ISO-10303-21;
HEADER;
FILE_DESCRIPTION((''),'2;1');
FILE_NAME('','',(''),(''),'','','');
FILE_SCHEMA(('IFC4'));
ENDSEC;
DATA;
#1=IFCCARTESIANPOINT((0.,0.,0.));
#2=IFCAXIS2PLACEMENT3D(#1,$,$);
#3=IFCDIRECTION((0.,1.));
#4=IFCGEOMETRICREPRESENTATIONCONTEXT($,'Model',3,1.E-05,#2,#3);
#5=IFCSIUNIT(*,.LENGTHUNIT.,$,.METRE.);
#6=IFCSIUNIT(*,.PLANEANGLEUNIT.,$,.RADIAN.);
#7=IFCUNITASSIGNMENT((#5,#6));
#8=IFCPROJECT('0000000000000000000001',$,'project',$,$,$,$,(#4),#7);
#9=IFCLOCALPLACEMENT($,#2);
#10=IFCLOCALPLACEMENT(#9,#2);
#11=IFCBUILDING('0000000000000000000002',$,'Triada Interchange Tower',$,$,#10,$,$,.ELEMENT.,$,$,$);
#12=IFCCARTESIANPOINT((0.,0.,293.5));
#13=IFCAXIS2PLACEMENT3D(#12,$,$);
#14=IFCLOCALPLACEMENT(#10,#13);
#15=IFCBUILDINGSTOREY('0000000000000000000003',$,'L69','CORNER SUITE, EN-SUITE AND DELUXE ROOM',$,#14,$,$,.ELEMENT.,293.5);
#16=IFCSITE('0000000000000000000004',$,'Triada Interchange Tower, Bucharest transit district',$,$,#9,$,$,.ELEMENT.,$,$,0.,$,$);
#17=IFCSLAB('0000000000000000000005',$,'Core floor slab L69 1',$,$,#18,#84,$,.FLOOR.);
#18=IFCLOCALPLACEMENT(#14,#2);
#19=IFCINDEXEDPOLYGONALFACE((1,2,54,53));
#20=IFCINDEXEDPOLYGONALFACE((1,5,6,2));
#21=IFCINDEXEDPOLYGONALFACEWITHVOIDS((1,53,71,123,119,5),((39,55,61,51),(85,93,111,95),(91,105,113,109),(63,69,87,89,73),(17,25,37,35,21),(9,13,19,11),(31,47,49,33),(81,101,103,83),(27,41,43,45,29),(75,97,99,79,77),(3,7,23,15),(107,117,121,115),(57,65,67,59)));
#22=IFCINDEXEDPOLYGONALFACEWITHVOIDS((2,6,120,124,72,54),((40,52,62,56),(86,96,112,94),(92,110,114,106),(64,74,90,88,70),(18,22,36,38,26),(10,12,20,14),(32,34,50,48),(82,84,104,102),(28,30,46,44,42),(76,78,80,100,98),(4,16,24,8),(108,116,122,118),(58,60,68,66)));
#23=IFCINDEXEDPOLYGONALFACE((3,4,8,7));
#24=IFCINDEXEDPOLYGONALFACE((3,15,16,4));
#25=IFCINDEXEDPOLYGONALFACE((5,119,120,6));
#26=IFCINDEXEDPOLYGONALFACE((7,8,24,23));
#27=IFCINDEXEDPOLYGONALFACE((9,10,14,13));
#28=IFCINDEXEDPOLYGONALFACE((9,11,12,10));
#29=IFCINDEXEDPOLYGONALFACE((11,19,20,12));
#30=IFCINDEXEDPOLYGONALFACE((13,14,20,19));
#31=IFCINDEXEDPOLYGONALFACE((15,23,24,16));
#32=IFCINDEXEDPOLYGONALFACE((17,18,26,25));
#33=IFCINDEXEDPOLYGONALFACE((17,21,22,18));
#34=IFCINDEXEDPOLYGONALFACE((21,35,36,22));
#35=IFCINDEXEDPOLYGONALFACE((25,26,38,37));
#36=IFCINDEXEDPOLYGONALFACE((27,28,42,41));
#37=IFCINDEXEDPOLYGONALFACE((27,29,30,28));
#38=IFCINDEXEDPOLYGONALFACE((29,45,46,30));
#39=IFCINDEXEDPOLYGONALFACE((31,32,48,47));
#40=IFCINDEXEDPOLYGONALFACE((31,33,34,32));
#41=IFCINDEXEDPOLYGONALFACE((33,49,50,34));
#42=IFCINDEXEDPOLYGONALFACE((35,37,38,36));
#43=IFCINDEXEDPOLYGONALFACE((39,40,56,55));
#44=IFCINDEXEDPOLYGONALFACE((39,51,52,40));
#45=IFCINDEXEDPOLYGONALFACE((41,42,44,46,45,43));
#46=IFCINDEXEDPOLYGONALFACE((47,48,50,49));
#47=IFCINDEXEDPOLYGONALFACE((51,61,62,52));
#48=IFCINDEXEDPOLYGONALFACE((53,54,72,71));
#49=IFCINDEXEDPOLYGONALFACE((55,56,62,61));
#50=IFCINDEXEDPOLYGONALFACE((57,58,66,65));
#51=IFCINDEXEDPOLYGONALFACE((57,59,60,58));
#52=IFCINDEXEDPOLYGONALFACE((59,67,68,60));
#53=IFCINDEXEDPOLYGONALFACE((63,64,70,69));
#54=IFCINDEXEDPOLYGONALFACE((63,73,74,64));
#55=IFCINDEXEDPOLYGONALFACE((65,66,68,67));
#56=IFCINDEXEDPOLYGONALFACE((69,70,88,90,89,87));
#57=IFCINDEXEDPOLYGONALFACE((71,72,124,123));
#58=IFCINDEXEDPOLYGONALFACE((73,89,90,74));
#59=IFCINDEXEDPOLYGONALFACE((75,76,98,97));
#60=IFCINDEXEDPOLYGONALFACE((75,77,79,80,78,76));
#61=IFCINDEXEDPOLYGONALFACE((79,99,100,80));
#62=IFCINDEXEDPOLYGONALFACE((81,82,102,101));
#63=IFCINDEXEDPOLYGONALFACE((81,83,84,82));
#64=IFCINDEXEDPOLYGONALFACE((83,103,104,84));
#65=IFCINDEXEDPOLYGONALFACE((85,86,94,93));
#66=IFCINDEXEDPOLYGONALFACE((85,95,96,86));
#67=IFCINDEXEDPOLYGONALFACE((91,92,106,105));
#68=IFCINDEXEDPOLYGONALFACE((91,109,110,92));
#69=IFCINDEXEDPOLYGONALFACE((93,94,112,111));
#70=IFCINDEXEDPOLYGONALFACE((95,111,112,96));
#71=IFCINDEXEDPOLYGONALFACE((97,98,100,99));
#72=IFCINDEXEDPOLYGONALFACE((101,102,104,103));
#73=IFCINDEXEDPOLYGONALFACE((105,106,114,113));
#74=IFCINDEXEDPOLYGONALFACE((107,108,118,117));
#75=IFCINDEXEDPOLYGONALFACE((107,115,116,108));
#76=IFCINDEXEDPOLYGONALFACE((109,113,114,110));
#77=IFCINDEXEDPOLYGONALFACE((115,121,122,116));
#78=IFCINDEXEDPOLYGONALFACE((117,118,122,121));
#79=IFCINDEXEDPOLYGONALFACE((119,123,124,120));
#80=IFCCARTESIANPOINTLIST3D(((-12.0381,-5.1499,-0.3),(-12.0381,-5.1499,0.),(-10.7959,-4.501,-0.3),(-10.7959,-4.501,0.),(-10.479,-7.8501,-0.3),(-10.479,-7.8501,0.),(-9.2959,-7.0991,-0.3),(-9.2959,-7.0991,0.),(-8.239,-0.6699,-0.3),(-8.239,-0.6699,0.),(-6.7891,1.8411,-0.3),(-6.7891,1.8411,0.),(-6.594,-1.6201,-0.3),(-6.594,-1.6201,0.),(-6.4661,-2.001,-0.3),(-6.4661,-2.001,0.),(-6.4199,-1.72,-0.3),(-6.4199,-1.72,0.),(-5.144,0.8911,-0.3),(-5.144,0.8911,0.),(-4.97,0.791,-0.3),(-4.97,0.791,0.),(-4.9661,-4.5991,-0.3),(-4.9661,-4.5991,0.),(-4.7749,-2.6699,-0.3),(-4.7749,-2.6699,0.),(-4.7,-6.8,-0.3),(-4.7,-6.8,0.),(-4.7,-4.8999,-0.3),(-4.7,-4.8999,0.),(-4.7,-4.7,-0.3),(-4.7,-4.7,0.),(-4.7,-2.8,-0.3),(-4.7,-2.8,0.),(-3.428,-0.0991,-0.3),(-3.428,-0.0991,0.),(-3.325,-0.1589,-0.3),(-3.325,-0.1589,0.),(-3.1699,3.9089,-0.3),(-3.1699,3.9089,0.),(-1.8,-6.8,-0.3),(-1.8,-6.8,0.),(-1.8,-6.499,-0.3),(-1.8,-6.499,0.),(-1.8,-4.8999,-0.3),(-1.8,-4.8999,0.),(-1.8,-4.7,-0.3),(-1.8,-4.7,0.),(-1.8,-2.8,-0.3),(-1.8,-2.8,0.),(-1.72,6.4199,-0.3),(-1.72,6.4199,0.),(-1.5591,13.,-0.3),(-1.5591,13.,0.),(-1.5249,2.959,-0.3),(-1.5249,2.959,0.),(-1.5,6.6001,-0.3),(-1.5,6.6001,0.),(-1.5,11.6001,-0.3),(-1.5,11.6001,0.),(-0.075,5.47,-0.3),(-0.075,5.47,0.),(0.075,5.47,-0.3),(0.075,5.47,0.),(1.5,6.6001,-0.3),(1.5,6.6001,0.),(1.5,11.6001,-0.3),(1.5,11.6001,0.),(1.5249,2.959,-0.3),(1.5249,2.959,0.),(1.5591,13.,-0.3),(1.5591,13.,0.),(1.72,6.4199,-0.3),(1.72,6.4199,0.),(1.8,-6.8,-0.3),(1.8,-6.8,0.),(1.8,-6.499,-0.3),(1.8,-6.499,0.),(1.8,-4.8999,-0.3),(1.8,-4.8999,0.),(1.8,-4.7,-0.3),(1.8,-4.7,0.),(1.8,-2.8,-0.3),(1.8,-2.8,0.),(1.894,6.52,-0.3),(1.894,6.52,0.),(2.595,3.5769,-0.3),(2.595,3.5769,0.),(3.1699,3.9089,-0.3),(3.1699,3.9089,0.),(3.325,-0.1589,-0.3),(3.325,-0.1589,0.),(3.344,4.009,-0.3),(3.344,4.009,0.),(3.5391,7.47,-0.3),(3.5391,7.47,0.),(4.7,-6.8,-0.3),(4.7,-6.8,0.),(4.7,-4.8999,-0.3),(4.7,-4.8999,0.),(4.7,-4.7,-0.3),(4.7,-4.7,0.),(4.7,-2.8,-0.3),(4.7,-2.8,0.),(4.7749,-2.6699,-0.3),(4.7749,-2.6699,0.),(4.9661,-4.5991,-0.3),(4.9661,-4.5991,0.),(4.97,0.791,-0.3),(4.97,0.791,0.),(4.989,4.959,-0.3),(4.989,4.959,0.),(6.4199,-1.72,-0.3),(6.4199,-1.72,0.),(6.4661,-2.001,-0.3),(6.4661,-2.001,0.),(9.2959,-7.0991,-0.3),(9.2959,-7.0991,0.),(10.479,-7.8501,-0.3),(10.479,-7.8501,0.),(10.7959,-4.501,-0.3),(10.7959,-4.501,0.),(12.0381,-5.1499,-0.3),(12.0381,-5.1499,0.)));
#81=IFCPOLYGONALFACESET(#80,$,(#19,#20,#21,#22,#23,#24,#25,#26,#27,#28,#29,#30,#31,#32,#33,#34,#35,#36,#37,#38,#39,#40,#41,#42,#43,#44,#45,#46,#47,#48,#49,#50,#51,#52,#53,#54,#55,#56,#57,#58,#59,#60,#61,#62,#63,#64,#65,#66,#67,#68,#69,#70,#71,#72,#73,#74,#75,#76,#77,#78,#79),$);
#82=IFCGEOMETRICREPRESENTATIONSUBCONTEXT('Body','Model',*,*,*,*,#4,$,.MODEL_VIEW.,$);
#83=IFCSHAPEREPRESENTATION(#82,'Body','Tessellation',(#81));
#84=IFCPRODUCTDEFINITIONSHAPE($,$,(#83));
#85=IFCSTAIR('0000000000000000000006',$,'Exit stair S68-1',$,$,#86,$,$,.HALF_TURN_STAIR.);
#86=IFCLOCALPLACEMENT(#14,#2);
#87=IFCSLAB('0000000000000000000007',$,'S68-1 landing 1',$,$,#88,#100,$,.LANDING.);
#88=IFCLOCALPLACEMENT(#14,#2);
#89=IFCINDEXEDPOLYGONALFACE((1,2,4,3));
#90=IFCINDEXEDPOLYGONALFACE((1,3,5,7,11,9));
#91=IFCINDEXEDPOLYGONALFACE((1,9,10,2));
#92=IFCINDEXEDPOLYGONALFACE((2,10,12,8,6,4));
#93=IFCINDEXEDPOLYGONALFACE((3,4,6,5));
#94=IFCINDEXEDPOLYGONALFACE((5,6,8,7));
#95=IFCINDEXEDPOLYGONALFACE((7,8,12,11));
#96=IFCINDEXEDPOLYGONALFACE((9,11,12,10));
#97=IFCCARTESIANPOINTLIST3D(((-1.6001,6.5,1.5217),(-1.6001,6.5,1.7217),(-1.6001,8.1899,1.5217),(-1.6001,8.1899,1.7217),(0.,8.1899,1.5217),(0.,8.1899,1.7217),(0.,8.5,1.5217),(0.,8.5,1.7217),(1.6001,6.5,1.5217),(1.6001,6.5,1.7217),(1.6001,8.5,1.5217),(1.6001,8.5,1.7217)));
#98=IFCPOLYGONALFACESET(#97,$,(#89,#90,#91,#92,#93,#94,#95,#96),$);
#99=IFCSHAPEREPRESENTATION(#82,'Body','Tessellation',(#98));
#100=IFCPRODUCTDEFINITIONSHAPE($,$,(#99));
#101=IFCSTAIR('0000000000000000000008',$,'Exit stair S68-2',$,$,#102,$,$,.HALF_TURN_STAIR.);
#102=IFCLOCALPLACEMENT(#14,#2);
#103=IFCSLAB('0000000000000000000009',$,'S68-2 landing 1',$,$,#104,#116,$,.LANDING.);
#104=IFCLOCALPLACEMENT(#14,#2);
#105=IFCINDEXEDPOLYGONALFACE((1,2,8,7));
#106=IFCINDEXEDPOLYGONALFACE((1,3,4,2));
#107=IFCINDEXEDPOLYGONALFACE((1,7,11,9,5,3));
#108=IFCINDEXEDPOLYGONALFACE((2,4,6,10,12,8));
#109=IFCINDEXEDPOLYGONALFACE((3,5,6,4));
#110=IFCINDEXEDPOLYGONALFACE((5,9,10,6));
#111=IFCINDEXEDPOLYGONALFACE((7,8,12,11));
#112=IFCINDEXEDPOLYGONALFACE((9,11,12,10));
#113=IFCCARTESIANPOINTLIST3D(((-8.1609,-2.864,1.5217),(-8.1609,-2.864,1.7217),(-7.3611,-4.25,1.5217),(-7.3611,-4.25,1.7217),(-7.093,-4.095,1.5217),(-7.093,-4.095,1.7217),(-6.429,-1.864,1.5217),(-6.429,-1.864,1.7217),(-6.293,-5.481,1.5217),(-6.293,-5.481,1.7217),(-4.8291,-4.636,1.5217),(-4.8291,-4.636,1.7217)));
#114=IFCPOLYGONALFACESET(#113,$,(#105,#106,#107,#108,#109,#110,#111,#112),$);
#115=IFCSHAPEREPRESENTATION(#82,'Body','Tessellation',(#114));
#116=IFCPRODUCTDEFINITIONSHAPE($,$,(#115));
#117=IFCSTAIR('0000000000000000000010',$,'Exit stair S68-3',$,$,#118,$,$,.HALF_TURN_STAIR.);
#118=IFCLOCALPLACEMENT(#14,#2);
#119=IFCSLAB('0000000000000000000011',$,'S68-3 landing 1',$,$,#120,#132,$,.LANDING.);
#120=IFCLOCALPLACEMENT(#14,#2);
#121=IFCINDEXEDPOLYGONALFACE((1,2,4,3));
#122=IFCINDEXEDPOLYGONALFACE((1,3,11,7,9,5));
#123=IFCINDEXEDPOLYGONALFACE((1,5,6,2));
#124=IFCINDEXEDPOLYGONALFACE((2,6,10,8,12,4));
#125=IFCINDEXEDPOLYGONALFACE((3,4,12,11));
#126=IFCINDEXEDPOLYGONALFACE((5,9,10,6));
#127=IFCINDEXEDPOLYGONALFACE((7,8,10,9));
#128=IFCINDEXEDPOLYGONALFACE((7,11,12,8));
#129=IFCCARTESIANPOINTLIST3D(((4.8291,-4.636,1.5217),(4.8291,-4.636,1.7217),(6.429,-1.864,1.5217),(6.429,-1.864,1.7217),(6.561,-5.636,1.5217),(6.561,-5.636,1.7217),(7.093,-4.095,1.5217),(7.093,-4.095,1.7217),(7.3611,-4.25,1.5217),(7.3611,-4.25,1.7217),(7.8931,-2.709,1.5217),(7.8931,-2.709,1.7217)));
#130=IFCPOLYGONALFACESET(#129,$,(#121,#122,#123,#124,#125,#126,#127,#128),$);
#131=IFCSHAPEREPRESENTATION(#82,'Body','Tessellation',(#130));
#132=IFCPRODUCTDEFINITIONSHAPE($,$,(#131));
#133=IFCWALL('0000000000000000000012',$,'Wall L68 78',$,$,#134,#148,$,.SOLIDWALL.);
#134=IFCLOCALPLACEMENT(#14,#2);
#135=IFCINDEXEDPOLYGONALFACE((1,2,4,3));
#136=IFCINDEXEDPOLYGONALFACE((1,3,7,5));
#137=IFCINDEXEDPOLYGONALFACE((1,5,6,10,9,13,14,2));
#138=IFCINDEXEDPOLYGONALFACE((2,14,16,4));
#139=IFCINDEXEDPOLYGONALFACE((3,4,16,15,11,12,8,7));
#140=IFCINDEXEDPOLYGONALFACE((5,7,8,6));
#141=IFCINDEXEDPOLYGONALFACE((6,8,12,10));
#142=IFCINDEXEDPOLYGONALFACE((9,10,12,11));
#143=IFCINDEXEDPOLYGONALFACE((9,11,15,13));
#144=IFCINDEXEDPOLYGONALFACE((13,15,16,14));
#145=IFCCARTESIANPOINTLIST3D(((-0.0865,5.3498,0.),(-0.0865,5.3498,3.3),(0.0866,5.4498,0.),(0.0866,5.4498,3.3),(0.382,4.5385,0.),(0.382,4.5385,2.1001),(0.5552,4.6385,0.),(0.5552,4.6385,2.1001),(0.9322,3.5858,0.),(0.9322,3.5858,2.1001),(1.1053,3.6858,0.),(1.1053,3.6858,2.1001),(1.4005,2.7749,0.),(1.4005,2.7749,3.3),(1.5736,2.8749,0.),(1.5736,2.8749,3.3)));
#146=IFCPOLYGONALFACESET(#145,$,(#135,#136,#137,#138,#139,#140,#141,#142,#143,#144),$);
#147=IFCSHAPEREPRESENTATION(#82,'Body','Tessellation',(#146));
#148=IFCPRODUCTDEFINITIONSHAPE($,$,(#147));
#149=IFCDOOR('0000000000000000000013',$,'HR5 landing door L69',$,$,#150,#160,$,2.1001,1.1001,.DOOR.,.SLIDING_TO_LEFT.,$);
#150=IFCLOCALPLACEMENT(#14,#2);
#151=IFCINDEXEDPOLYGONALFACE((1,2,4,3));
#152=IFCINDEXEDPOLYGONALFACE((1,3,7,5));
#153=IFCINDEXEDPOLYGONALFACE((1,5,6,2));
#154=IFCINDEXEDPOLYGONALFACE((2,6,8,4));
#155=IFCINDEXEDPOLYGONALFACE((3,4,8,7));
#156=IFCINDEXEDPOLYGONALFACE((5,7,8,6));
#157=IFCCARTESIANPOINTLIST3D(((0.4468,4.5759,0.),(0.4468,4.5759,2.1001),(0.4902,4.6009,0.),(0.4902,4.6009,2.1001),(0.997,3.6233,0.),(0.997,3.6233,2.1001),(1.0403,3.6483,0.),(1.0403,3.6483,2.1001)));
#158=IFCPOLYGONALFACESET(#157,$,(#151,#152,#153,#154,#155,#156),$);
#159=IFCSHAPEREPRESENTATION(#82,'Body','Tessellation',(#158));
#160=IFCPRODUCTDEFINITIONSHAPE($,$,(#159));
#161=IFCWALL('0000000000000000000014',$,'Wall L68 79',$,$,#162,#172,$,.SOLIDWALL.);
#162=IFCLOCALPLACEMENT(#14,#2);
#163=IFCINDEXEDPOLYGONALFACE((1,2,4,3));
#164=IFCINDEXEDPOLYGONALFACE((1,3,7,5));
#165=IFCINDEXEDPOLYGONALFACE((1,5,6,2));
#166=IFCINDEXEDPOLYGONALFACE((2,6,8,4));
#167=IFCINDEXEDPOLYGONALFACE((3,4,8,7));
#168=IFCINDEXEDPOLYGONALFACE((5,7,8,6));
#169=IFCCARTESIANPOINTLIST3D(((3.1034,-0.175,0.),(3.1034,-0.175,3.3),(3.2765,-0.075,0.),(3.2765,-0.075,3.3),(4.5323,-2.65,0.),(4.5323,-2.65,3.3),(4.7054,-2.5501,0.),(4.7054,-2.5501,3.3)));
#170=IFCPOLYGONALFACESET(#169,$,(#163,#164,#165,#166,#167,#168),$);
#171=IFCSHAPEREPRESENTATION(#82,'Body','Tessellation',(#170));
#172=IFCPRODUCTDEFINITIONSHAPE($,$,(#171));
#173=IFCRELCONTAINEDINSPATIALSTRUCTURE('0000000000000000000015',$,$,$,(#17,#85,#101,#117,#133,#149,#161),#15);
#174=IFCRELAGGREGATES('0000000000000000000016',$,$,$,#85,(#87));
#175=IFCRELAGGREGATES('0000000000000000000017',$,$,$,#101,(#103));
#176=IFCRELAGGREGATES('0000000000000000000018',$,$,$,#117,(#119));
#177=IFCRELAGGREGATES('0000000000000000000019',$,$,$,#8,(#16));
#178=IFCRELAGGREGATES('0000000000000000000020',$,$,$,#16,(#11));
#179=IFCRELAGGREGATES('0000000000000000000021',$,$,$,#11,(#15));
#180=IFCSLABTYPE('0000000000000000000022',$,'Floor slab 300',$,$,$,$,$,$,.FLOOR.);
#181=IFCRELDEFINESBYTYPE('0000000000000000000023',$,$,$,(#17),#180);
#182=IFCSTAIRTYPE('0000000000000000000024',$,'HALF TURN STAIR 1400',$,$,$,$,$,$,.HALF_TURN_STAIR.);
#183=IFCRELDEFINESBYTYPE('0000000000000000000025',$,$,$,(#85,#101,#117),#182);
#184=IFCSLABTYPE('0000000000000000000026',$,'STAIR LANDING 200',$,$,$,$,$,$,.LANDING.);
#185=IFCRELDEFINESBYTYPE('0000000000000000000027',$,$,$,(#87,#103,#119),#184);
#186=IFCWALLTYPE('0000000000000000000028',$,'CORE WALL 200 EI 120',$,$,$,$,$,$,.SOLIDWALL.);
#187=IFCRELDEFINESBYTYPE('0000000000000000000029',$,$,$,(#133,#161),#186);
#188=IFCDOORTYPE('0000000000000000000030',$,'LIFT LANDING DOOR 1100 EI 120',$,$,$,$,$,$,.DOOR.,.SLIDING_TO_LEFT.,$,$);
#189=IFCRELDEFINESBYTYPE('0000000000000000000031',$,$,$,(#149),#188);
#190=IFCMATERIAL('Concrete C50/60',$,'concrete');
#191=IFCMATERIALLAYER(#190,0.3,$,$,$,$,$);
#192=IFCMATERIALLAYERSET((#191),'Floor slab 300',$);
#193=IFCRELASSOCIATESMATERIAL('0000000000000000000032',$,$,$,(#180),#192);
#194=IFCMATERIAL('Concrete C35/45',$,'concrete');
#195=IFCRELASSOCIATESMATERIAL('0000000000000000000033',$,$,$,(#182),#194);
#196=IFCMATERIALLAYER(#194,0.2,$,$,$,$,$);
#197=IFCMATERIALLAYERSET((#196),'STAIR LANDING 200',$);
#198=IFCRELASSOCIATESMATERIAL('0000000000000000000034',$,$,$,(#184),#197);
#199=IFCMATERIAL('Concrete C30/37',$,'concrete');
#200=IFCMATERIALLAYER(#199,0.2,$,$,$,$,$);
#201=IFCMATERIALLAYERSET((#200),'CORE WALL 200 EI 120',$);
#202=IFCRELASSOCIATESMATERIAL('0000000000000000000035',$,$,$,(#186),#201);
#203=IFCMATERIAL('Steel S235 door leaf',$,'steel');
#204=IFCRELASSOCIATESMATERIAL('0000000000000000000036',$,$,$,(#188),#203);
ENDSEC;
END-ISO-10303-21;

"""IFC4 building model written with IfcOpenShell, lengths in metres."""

from ifc_helpers import new_model, si_unit, direction, frame, frame_2d, origin, place, context, subcontext, project, spatial, polyline, rectangle, outline, extrude, material, layer, layer_set, type_object, element, fill, aggregate, save


model = new_model("IFC4")

# Units and contexts
model_context = context("Model", 3, precision=1e-05, world=origin(), true_north=direction((0.0, 1.0)))
body_context = subcontext(model_context, "Body", "Model", "MODEL_VIEW")
ifc_project = project(units=[si_unit("LENGTHUNIT", "METRE"), si_unit("PLANEANGLEUNIT", "RADIAN")], contexts=[model_context])

# Site, building, storey
site_placement = place(None, origin())
site = spatial("IfcSite", under=ifc_project, at=site_placement, Name="Triada Interchange Tower, Bucharest transit district", CompositionType="ELEMENT", RefElevation=0.0)
building_placement = place(site_placement, origin())
building = spatial("IfcBuilding", under=site, at=building_placement, Name="Triada Interchange Tower", CompositionType="ELEMENT")
storey_placement = place(building_placement, frame((0.0, 0.0, 293.5)))
storey = spatial("IfcBuildingStorey", under=building, at=storey_placement, Name="L69", Description="CORNER SUITE, EN-SUITE AND DELUXE ROOM", CompositionType="ELEMENT", Elevation=293.5)

# Slab
ifc_material_1 = material(Name="Concrete C50/60", Category="concrete")
ifc_layer_1 = layer(ifc_material_1, 0.3)
ifc_layer_set_1 = layer_set([ifc_layer_1], Name="Floor slab 300")
slab_type_1 = type_object("IfcSlabType", Name="Floor slab 300", PredefinedType="FLOOR", material=ifc_layer_set_1)
slab_1_placement = place(storey_placement, frame((0.0, 0.0, -0.3)))
element("IfcSlab", 1, at=slab_1_placement, inside=storey, type_object=slab_type_1, Name="Core floor slab L69 1", PredefinedType="FLOOR", context=body_context, shape_type="SweptSolid", body=[
    extrude(outline(polyline([(12.0381, -5.1499), (10.479, -7.8501), (-10.479, -7.8501), (-12.0381, -5.1499), (-1.5591, 13.0), (1.5591, 13.0), (12.0381, -5.1499)]), holes=[polyline([(9.2959, -7.0991), (10.7959, -4.501), (6.4661, -2.001), (4.9661, -4.5991), (9.2959, -7.0991)]), polyline([(4.97, 0.791), (3.325, -0.1589), (4.7749, -2.6699), (6.4199, -1.72), (4.97, 0.791)]), polyline([(1.894, 6.52), (3.344, 4.009), (4.989, 4.959), (3.5391, 7.47), (1.894, 6.52)]), polyline([(1.8, -4.8999), (1.8, -6.499), (1.8, -6.8), (4.7, -6.8), (4.7, -4.8999), (1.8, -4.8999)]), polyline([(4.7, -2.8), (1.8, -2.8), (1.8, -4.7), (4.7, -4.7), (4.7, -2.8)]), polyline([(1.5249, 2.959), (2.595, 3.5769), (3.1699, 3.9089), (1.72, 6.4199), (0.075, 5.47), (1.5249, 2.959)]), polyline([(-1.5, 11.6001), (-1.5, 6.6001), (1.5, 6.6001), (1.5, 11.6001), (-1.5, 11.6001)]), polyline([(-1.5249, 2.959), (-0.075, 5.47), (-1.72, 6.4199), (-3.1699, 3.9089), (-1.5249, 2.959)]), polyline([(-1.8, -2.8), (-4.7, -2.8), (-4.7, -4.7), (-1.8, -4.7), (-1.8, -2.8)]), polyline([(-4.7, -6.8), (-1.8, -6.8), (-1.8, -6.499), (-1.8, -4.8999), (-4.7, -4.8999), (-4.7, -6.8)]), polyline([(-3.428, -0.0991), (-4.97, 0.791), (-6.4199, -1.72), (-4.7749, -2.6699), (-3.325, -0.1589), (-3.428, -0.0991)]), polyline([(-10.7959, -4.501), (-9.2959, -7.0991), (-4.9661, -4.5991), (-6.4661, -2.001), (-10.7959, -4.501)]), polyline([(-6.594, -1.6201), (-5.144, 0.8911), (-6.7891, 1.8411), (-8.239, -0.6699), (-6.594, -1.6201)])]), origin(), (0.0, 0.0, 1.0), 0.3),
])

# Stairs, slabs
ifc_material_2 = material(Name="Concrete C35/45", Category="concrete")
stair_type = type_object("IfcStairType", Name="HALF TURN STAIR 1400", PredefinedType="HALF_TURN_STAIR", material=ifc_material_2)
stair_1_placement = place(storey_placement, origin())
stair_1 = element("IfcStair", 2, at=stair_1_placement, inside=storey, type_object=stair_type, Name="Exit stair S68-1", PredefinedType="HALF_TURN_STAIR")
ifc_layer_2 = layer(ifc_material_2, 0.2)
ifc_layer_set_2 = layer_set([ifc_layer_2], Name="STAIR LANDING 200")
slab_type_2 = type_object("IfcSlabType", Name="STAIR LANDING 200", PredefinedType="LANDING", material=ifc_layer_set_2)
slab_2_placement = place(storey_placement, frame((0.0, 0.0, 1.5217)))
slab_2 = element("IfcSlab", 3, at=slab_2_placement, type_object=slab_type_2, Name="S68-1 landing 1", PredefinedType="LANDING", context=body_context, shape_type="SweptSolid", body=[
    extrude(outline(polyline([(1.6001, 6.5), (1.6001, 8.5), (0.0, 8.5), (0.0, 8.1899), (-1.6001, 8.1899), (-1.6001, 6.5), (1.6001, 6.5)])), origin(), (0.0, 0.0, 1.0), 0.2),
])
aggregate(stair_1, [slab_2])
stair_2_placement = place(storey_placement, origin())
stair_2 = element("IfcStair", 4, at=stair_2_placement, inside=storey, type_object=stair_type, Name="Exit stair S68-2", PredefinedType="HALF_TURN_STAIR")
slab_3_placement = place(storey_placement, frame((0.0, 0.0, 1.5217)))
slab_3 = element("IfcSlab", 5, at=slab_3_placement, type_object=slab_type_2, Name="S68-2 landing 1", PredefinedType="LANDING", context=body_context, shape_type="SweptSolid", body=[
    extrude(outline(polyline([(-6.429, -1.864), (-8.1609, -2.864), (-7.3611, -4.25), (-7.093, -4.095), (-6.293, -5.481), (-4.8291, -4.636), (-6.429, -1.864)])), origin(), (0.0, 0.0, 1.0), 0.2),
])
aggregate(stair_2, [slab_3])
stair_3_placement = place(storey_placement, origin())
stair_3 = element("IfcStair", 6, at=stair_3_placement, inside=storey, type_object=stair_type, Name="Exit stair S68-3", PredefinedType="HALF_TURN_STAIR")
slab_4_placement = place(storey_placement, frame((0.0, 0.0, 1.5217)))
slab_4 = element("IfcSlab", 7, at=slab_4_placement, type_object=slab_type_2, Name="S68-3 landing 1", PredefinedType="LANDING", context=body_context, shape_type="SweptSolid", body=[
    extrude(outline(polyline([(4.8291, -4.636), (6.561, -5.636), (7.3611, -4.25), (7.093, -4.095), (7.8931, -2.709), (6.429, -1.864), (4.8291, -4.636)])), origin(), (0.0, 0.0, 1.0), 0.2),
])
aggregate(stair_3, [slab_4])

# Wall, opening, door
ifc_material_3 = material(Name="Concrete C30/37", Category="concrete")
ifc_layer_3 = layer(ifc_material_3, 0.2)
ifc_layer_set_3 = layer_set([ifc_layer_3], Name="CORE WALL 200 EI 120")
wall_type_1 = type_object("IfcWallType", Name="CORE WALL 200 EI 120", PredefinedType="SOLIDWALL", material=ifc_layer_set_3)
wall_1_placement = place(storey_placement, frame((0.0, 5.3999, 0.0), z_axis=(0.0, 0.0, 1.0), x_axis=(0.500104, -0.865965, 0.0)))
wall_1 = element("IfcWall", 8, at=wall_1_placement, inside=storey, type_object=wall_type_1, Name="Wall L68 78", PredefinedType="SOLIDWALL", context=body_context, shape_type="SweptSolid", body=[
    extrude(rectangle(XDim=2.9734, YDim=0.2, at=frame_2d((1.4868, 0.0))), origin(), (0.0, 0.0, 1.0), 3.3),
])
opening_1_placement = place(wall_1_placement, frame((0.937, 0.0, 0.0)))
opening_1 = element("IfcOpeningElement", 9, at=opening_1_placement, cuts=wall_1, PredefinedType="OPENING", context=body_context, shape_type="SweptSolid", body=[
    extrude(rectangle(XDim=1.1001, YDim=2.1001, at=frame_2d((0.55, 1.05))), frame((0.0, 0.1099, 0.0), z_axis=(0.0, -1.0, 0.0), x_axis=(1.0, 0.0, 0.0)), (0.0, 0.0, 1.0), 0.22),
])
ifc_material_4 = material(Name="Steel S235 door leaf", Category="steel")
door_type_1 = type_object("IfcDoorType", Name="LIFT LANDING DOOR 1100 EI 120", OperationType="SLIDING_TO_LEFT", PredefinedType="DOOR", material=ifc_material_4)
door_1_placement = place(opening_1_placement, origin())
door_1 = element("IfcDoor", 10, at=door_1_placement, inside=storey, type_object=door_type_1, Name="HR5 landing door L69", OperationType="SLIDING_TO_LEFT", OverallHeight=2.1001, OverallWidth=1.1001, PredefinedType="DOOR", context=body_context, shape_type="SweptSolid", body=[
    extrude(rectangle(XDim=1.1001, YDim=2.1001, at=frame_2d((0.55, 1.05))), frame((0.0, 0.0249, 0.0), z_axis=(0.0, -1.0, 0.0), x_axis=(1.0, 0.0, 0.0)), (0.0, 0.0, 1.0), 0.05),
])
fill(opening_1, door_1)

# Wall
wall_2_placement = place(storey_placement, frame((3.1899, -0.125, 0.0), z_axis=(0.0, 0.0, 1.0), x_axis=(0.499989, -0.866032, 0.0)))
element("IfcWall", 11, at=wall_2_placement, inside=storey, type_object=wall_type_1, Name="Wall L68 79", PredefinedType="SOLIDWALL", context=body_context, shape_type="SweptSolid", body=[
    extrude(rectangle(XDim=2.8579, YDim=0.2, at=frame_2d((1.429, 0.0))), origin(), (0.0, 0.0, 1.0), 3.3),
])

save(model, "model.ifc")
